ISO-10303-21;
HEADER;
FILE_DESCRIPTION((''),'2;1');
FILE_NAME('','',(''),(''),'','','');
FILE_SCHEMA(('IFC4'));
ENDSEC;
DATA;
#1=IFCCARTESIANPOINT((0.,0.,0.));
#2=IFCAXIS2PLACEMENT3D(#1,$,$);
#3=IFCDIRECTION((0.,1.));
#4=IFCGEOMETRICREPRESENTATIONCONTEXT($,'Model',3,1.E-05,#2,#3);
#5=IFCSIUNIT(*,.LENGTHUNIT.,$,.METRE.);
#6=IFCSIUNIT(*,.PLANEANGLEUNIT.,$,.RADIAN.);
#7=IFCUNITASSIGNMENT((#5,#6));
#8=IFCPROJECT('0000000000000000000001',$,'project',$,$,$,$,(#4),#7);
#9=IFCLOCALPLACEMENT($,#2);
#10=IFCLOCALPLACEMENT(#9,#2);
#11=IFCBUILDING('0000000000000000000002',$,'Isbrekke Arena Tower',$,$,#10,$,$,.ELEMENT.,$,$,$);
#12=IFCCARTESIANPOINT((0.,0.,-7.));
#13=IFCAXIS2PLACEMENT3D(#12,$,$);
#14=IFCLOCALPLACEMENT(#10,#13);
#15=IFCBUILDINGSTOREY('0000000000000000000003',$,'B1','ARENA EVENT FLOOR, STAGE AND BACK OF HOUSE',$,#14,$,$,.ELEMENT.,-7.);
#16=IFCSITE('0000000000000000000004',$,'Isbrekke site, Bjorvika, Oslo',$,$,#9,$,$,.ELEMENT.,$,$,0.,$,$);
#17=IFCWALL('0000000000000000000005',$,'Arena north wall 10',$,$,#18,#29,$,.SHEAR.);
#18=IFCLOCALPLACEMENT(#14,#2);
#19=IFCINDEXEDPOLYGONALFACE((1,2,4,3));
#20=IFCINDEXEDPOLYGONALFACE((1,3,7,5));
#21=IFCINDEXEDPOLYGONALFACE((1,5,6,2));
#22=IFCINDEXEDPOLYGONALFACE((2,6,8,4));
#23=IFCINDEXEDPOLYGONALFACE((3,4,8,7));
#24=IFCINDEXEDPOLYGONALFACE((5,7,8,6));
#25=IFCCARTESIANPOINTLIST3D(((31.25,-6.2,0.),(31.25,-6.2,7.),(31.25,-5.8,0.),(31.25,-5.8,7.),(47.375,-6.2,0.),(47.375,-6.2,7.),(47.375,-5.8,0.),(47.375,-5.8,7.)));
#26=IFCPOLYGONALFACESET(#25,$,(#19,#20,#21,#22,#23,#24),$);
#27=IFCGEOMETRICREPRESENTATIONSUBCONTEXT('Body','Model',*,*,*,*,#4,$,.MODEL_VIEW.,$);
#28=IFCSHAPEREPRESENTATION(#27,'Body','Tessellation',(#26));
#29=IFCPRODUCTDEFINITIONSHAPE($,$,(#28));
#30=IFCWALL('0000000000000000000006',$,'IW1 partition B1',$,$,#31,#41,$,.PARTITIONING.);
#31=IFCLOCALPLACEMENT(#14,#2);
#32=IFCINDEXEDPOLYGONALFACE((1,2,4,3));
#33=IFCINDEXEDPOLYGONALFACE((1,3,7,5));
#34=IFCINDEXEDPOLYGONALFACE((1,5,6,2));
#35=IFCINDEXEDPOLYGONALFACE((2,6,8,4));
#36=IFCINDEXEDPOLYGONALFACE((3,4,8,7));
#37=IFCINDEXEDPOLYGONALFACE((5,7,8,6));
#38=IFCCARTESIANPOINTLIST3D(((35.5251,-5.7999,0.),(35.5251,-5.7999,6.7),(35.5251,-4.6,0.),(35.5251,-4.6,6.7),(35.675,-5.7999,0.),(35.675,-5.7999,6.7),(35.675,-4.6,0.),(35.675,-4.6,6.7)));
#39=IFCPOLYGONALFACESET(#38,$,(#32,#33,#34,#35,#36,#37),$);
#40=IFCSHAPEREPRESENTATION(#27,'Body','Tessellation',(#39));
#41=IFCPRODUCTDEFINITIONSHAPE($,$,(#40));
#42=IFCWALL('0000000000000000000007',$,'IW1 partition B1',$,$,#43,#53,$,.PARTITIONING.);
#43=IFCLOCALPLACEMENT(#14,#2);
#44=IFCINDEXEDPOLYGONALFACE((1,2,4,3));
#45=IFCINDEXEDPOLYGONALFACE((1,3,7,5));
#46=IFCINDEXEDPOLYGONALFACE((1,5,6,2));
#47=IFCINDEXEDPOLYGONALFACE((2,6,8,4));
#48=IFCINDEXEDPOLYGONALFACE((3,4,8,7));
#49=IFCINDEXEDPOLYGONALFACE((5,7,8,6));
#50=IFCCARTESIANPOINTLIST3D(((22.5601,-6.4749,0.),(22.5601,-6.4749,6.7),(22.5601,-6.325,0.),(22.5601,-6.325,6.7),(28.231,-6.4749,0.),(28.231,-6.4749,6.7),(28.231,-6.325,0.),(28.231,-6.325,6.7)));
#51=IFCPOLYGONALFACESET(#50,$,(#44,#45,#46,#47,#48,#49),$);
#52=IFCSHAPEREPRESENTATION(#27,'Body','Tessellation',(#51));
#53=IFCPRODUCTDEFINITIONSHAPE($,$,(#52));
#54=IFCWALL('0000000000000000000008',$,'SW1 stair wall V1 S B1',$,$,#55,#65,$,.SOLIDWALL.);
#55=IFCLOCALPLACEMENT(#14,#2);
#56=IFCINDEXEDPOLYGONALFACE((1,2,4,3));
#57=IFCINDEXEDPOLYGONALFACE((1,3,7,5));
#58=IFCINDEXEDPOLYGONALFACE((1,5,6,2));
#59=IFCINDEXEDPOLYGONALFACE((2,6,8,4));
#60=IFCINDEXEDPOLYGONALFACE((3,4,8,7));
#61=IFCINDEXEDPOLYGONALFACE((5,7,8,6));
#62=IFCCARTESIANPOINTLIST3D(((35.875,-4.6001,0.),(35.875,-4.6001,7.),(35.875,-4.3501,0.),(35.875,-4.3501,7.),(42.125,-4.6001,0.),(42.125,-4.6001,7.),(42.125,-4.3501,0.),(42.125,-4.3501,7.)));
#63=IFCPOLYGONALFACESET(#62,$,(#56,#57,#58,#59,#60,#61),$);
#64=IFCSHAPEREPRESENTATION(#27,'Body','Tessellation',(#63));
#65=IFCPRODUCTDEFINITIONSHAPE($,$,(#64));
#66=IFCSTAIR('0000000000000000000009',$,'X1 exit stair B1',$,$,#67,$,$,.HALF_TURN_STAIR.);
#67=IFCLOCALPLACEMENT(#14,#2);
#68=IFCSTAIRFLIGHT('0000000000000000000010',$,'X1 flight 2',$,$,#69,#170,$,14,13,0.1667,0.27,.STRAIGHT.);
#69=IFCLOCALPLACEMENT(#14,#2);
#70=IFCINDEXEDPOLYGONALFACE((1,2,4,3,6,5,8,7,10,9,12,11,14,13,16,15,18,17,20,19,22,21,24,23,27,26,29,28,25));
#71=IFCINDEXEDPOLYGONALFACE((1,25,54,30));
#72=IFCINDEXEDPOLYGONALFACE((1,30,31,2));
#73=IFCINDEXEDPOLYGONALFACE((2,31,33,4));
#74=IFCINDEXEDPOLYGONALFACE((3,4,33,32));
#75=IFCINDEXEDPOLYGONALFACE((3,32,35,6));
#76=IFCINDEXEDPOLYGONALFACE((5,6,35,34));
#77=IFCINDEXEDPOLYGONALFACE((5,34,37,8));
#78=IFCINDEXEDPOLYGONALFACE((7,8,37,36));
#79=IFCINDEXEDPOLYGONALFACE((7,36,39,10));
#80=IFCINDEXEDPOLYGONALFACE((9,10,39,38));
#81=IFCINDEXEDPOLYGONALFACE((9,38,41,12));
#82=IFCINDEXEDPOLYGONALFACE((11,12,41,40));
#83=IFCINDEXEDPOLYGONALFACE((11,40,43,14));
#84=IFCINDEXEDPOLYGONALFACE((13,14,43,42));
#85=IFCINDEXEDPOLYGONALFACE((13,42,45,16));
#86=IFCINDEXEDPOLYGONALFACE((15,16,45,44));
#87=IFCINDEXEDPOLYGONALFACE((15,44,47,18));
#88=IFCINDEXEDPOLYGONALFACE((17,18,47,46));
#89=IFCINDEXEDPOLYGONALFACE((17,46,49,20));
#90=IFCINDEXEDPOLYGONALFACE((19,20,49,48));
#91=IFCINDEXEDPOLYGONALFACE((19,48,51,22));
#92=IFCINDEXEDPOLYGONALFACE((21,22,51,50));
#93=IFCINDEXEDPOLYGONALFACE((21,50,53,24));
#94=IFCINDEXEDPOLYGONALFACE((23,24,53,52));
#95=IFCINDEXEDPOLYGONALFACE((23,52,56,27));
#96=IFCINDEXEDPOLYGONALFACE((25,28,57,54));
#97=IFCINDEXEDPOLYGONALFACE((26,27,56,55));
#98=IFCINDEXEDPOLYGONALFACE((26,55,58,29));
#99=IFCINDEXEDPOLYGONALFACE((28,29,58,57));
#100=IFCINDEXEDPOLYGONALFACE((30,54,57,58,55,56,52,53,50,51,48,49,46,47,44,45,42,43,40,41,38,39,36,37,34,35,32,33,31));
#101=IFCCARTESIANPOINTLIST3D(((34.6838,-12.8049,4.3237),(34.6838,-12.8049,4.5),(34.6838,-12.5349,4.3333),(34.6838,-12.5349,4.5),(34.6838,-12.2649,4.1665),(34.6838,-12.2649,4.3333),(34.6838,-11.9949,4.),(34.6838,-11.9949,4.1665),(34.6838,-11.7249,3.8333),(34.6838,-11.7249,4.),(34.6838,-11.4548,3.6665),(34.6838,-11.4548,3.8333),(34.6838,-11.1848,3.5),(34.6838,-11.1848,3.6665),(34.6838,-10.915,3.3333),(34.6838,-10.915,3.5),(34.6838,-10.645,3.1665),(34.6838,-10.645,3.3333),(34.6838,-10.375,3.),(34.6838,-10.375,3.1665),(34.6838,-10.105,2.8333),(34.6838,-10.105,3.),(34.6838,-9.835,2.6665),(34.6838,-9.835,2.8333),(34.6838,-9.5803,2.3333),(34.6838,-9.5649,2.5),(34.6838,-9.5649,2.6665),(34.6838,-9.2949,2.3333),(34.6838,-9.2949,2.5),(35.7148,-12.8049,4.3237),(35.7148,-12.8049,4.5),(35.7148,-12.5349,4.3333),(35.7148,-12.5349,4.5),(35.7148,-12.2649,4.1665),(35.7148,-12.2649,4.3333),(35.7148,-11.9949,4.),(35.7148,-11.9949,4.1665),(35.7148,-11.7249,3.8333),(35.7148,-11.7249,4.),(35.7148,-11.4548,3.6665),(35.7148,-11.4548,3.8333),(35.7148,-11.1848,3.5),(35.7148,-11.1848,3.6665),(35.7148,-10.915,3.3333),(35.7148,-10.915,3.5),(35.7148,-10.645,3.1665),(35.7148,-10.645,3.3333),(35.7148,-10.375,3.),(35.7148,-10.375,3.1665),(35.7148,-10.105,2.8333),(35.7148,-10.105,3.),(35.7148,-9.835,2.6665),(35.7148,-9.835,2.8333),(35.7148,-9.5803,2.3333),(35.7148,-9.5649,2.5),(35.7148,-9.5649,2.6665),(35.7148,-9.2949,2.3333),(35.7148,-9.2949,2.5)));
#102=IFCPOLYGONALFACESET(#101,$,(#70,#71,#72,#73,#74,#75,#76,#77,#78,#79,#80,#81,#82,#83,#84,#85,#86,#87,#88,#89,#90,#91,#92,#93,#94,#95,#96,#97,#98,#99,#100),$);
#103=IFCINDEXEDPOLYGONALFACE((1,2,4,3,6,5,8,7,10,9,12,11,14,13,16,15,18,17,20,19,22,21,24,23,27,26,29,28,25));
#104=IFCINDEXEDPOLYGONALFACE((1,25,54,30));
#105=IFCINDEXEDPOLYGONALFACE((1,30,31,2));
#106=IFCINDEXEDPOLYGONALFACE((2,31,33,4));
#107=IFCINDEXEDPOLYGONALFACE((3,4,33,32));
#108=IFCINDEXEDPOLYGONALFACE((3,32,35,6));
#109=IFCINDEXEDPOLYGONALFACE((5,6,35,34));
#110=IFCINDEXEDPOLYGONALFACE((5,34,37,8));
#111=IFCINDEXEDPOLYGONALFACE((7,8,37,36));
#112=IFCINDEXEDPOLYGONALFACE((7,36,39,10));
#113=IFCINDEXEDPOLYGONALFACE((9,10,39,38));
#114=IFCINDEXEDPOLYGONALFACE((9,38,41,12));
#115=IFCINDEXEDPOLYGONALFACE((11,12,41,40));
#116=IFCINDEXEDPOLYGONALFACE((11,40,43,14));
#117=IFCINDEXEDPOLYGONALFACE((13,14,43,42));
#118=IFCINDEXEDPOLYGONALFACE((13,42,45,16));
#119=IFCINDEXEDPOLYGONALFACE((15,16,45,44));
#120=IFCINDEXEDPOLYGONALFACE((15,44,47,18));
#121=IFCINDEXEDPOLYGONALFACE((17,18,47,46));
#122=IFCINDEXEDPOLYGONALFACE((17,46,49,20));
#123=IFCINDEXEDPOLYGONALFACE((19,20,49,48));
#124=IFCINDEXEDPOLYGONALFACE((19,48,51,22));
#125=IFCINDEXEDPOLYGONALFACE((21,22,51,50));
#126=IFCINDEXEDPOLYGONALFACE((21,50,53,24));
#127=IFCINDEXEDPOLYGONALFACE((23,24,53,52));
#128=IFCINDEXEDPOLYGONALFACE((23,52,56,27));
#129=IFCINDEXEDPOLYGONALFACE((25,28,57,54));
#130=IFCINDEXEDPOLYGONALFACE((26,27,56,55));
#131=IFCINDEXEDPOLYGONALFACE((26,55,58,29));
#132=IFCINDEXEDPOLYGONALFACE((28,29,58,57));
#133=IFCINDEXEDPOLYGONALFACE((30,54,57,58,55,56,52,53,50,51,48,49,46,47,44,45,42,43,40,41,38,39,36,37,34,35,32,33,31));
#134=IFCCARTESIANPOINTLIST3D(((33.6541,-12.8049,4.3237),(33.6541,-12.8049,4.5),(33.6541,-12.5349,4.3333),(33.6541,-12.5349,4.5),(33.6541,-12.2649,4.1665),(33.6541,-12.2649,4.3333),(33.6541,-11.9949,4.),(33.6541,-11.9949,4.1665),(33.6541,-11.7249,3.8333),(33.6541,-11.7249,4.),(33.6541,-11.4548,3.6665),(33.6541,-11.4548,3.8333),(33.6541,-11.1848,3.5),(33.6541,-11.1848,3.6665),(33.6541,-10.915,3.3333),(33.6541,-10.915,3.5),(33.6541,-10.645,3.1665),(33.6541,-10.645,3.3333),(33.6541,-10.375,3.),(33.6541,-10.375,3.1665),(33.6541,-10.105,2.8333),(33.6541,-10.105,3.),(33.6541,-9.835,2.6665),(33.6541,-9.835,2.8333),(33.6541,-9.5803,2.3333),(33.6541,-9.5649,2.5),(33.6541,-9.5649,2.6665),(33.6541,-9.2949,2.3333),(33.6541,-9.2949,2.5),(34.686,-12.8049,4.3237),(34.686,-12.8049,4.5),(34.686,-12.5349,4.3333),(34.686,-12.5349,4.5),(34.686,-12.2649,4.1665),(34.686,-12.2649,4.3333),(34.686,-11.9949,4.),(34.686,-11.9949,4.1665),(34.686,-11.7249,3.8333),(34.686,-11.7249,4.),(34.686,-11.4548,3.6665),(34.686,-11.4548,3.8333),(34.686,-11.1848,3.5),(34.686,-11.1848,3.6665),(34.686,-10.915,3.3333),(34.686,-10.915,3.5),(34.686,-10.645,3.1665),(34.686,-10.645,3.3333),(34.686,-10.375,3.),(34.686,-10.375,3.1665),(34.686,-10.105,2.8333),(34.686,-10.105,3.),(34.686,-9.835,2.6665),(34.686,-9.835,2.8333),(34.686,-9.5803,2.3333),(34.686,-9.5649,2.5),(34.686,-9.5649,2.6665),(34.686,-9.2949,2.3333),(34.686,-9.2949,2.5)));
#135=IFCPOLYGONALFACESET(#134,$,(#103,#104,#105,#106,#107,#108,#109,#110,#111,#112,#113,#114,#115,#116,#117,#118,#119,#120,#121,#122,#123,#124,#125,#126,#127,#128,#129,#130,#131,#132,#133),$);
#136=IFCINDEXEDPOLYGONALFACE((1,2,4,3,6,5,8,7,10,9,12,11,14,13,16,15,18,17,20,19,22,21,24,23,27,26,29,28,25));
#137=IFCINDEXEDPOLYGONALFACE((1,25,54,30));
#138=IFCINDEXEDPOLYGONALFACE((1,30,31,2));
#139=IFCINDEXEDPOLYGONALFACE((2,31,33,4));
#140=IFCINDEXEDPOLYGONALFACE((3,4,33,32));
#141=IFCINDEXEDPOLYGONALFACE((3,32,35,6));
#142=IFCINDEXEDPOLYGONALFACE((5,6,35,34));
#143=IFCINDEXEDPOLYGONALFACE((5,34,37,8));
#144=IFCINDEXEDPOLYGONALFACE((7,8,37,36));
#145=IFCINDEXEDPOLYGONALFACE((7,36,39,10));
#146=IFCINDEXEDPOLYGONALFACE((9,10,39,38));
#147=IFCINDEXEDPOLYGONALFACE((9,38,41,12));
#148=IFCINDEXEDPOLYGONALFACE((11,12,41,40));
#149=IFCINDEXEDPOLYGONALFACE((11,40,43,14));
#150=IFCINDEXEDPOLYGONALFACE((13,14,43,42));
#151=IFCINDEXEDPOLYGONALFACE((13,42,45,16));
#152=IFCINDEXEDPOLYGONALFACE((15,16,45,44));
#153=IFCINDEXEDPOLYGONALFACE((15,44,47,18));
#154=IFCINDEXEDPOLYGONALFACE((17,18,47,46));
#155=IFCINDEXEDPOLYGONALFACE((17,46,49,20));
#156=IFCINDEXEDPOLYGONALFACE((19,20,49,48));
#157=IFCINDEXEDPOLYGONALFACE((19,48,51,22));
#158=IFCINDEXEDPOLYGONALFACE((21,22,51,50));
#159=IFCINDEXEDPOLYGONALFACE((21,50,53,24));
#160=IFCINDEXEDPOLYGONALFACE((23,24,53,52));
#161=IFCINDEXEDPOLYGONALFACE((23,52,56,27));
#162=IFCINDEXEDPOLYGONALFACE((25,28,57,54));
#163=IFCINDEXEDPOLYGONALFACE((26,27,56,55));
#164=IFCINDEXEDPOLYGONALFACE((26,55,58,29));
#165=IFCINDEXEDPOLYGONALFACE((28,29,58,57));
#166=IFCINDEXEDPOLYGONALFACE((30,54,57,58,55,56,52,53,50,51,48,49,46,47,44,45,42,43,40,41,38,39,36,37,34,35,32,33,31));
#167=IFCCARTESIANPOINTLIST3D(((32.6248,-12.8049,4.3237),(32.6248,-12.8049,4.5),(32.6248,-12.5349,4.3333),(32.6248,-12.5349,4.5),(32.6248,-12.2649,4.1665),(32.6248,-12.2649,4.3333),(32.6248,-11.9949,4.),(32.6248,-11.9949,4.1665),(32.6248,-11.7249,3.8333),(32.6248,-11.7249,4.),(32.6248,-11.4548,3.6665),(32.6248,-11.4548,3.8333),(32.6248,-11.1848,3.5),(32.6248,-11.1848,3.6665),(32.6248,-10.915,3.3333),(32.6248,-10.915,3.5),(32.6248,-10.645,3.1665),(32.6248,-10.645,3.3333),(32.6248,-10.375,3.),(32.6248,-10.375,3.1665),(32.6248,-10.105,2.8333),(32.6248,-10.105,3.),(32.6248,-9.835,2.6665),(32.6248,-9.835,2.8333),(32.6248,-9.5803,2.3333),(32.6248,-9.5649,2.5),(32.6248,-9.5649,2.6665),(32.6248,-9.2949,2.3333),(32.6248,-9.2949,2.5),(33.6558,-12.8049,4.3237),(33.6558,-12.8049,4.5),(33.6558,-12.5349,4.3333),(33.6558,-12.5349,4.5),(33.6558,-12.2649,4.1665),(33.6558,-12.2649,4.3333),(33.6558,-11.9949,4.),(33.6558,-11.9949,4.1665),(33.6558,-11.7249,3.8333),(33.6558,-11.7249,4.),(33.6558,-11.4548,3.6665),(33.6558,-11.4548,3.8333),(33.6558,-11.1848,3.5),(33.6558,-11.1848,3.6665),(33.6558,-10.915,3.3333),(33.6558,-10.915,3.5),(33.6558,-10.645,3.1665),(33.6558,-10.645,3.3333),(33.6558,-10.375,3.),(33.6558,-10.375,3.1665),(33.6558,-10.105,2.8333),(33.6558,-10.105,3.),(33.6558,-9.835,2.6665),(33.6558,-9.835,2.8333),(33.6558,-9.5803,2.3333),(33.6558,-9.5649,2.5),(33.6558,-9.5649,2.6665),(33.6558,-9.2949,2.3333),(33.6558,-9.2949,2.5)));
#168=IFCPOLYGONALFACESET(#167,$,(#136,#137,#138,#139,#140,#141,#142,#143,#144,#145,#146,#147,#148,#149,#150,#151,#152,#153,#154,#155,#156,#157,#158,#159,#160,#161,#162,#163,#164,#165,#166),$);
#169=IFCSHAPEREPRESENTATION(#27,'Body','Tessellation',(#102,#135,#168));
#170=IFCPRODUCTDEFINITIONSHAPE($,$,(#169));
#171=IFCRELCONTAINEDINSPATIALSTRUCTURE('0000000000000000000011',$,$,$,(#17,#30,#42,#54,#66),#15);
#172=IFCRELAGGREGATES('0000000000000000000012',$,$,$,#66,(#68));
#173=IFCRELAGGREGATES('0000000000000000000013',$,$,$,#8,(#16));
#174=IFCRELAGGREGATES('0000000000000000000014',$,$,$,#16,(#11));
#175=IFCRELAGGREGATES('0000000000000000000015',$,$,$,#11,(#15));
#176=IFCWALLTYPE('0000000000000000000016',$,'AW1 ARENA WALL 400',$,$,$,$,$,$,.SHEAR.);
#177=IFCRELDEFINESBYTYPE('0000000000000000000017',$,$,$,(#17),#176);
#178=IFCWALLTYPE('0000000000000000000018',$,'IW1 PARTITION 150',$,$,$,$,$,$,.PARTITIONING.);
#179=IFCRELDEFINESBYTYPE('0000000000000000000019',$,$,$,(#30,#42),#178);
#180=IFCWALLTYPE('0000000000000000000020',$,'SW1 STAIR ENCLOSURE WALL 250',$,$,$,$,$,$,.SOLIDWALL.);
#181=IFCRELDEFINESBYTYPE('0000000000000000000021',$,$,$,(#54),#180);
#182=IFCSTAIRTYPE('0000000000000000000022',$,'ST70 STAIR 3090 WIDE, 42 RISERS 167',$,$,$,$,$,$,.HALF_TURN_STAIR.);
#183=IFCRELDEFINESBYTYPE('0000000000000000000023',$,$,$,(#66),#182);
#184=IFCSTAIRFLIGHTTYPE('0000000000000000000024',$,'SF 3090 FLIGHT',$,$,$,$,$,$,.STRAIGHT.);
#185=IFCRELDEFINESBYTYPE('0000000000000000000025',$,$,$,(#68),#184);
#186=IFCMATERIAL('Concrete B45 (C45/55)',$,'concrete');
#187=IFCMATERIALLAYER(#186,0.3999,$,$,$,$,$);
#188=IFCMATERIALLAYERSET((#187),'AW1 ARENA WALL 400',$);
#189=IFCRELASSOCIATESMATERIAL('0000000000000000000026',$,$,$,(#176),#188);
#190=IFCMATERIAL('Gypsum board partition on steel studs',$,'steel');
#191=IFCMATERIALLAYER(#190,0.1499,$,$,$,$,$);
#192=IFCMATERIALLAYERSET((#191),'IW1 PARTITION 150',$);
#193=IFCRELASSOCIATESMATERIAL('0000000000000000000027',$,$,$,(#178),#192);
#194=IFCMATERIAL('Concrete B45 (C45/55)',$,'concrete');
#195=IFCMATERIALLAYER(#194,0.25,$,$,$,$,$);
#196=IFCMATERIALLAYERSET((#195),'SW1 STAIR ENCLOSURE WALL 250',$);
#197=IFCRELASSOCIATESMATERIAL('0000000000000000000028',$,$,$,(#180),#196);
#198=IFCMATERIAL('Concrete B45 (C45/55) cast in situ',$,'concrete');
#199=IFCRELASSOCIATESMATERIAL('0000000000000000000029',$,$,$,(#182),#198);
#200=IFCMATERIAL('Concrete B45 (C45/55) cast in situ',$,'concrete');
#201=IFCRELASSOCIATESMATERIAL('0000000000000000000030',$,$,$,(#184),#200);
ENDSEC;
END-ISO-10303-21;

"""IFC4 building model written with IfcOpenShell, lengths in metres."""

from ifc_helpers import new_model, si_unit, direction, frame, frame_2d, origin, place, context, subcontext, project, spatial, polyline, rectangle, outline, extrude, material, layer, layer_set, type_object, element, aggregate, save


model = new_model("IFC4")

# Units and contexts
model_context = context("Model", 3, precision=1e-05, world=origin(), true_north=direction((0.0, 1.0)))
body_context = subcontext(model_context, "Body", "Model", "MODEL_VIEW")
ifc_project = project(units=[si_unit("LENGTHUNIT", "METRE"), si_unit("PLANEANGLEUNIT", "RADIAN")], contexts=[model_context])

# Site, building, storey
site_placement = place(None, origin())
site = spatial("IfcSite", under=ifc_project, at=site_placement, Name="Isbrekke site, Bjorvika, Oslo", CompositionType="ELEMENT", RefElevation=0.0)
building_placement = place(site_placement, origin())
building = spatial("IfcBuilding", under=site, at=building_placement, Name="Isbrekke Arena Tower", CompositionType="ELEMENT")
storey_placement = place(building_placement, frame((0.0, 0.0, -7.0)))
storey = spatial("IfcBuildingStorey", under=building, at=storey_placement, Name="B1", Description="ARENA EVENT FLOOR, STAGE AND BACK OF HOUSE", CompositionType="ELEMENT", Elevation=-7.0)

# Walls
ifc_material_1 = material(Name="Concrete B45 (C45/55)", Category="concrete")
ifc_layer_1 = layer(ifc_material_1, 0.3999)
ifc_layer_set_1 = layer_set([ifc_layer_1], Name="AW1 ARENA WALL 400")
wall_type_1 = type_object("IfcWallType", Name="AW1 ARENA WALL 400", PredefinedType="SHEAR", material=ifc_layer_set_1)
wall_1_placement = place(storey_placement, frame((31.25, -6.0, 0.0), z_axis=(0.0, 0.0, 1.0), x_axis=(1.0, 0.0, 0.0)))
element("IfcWall", 1, at=wall_1_placement, inside=storey, type_object=wall_type_1, Name="Arena north wall 10", PredefinedType="SHEAR", context=body_context, shape_type="SweptSolid", body=[
    extrude(rectangle(XDim=16.125, YDim=0.3999, at=frame_2d((8.0625, 0.0))), origin(), (0.0, 0.0, 1.0), 7.0),
])
ifc_material_2 = material(Name="Gypsum board partition on steel studs", Category="steel")
ifc_layer_2 = layer(ifc_material_2, 0.1499)
ifc_layer_set_2 = layer_set([ifc_layer_2], Name="IW1 PARTITION 150")
wall_type_2 = type_object("IfcWallType", Name="IW1 PARTITION 150", PredefinedType="PARTITIONING", material=ifc_layer_set_2)
wall_2_placement = place(storey_placement, frame((35.6001, -5.8, 0.0), z_axis=(0.0, 0.0, 1.0), x_axis=(0.0, 1.0, 0.0)))
element("IfcWall", 2, at=wall_2_placement, inside=storey, type_object=wall_type_2, Name="IW1 partition B1", PredefinedType="PARTITIONING", context=body_context, shape_type="SweptSolid", body=[
    extrude(rectangle(XDim=1.2, YDim=0.1499, at=frame_2d((0.6001, 0.0))), origin(), (0.0, 0.0, 1.0), 6.7),
])
wall_3_placement = place(storey_placement, frame((22.5601, -6.3999, 0.0), z_axis=(0.0, 0.0, 1.0), x_axis=(1.0, 0.0, 0.0)))
element("IfcWall", 3, at=wall_3_placement, inside=storey, type_object=wall_type_2, Name="IW1 partition B1", PredefinedType="PARTITIONING", context=body_context, shape_type="SweptSolid", body=[
    extrude(rectangle(XDim=5.6709, YDim=0.1499, at=frame_2d((2.8354, 0.0))), origin(), (0.0, 0.0, 1.0), 6.7),
])
ifc_material_3 = material(Name="Concrete B45 (C45/55)", Category="concrete")
ifc_layer_3 = layer(ifc_material_3, 0.25)
ifc_layer_set_3 = layer_set([ifc_layer_3], Name="SW1 STAIR ENCLOSURE WALL 250")
wall_type_3 = type_object("IfcWallType", Name="SW1 STAIR ENCLOSURE WALL 250", PredefinedType="SOLIDWALL", material=ifc_layer_set_3)
wall_4_placement = place(storey_placement, frame((35.875, -4.4751, 0.0), z_axis=(0.0, 0.0, 1.0), x_axis=(1.0, 0.0, 0.0)))
element("IfcWall", 4, at=wall_4_placement, inside=storey, type_object=wall_type_3, Name="SW1 stair wall V1 S B1", PredefinedType="SOLIDWALL", context=body_context, shape_type="SweptSolid", body=[
    extrude(rectangle(XDim=6.25, YDim=0.25, at=frame_2d((3.125, 0.0))), origin(), (0.0, 0.0, 1.0), 7.0),
])

# Stair, stair flight
ifc_material_4 = material(Name="Concrete B45 (C45/55) cast in situ", Category="concrete")
stair_type = type_object("IfcStairType", Name="ST70 STAIR 3090 WIDE, 42 RISERS 167", PredefinedType="HALF_TURN_STAIR", material=ifc_material_4)
stair_placement = place(storey_placement, origin())
stair = element("IfcStair", 5, at=stair_placement, inside=storey, type_object=stair_type, Name="X1 exit stair B1", PredefinedType="HALF_TURN_STAIR")
ifc_material_5 = material(Name="Concrete B45 (C45/55) cast in situ", Category="concrete")
stair_flight_type = type_object("IfcStairFlightType", Name="SF 3090 FLIGHT", PredefinedType="STRAIGHT", material=ifc_material_5)
stair_flight_placement = place(storey_placement, frame((34.1699, -9.2949, 2.3333), z_axis=(0.0, 0.0, 1.0), x_axis=(0.0, -1.0, 0.0)))
stair_flight = element("IfcStairFlight", 6, at=stair_flight_placement, type_object=stair_flight_type, Name="X1 flight 2", NumberOfRisers=14, NumberOfTreads=13, PredefinedType="STRAIGHT", RiserHeight=0.1667, TreadLength=0.27, context=body_context, shape_type="SweptSolid", body=[
    extrude(outline(polyline([(0.0, 0.0), (0.0, 0.1667), (0.27, 0.1667), (0.27, 0.3333), (0.54, 0.3333), (0.54, 0.5), (0.8101, 0.5), (0.8101, 0.6667), (1.0801, 0.6667), (1.0801, 0.8333), (1.3501, 0.8333), (1.3501, 1.0), (1.6201, 1.0), (1.6201, 1.1667), (1.8899, 1.1667), (1.8899, 1.3333), (2.1599, 1.3333), (2.1599, 1.5), (2.4299, 1.5), (2.4299, 1.6667), (2.7, 1.6667), (2.7, 1.8333), (2.97, 1.8333), (2.97, 2.0), (3.24, 2.0), (3.24, 2.1667), (3.51, 2.1667), (3.51, 2.3333), (3.51, 1.9905), (0.2854, 0.0), (0.0, 0.0)])), frame((0.0, 1.5449, 0.0), z_axis=(0.0, -1.0, 0.0), x_axis=(1.0, 0.0, 0.0)), (0.0, 0.0, 1.0), 1.031),
    extrude(outline(polyline([(0.0, 0.0), (0.0, 0.1667), (0.27, 0.1667), (0.27, 0.3333), (0.54, 0.3333), (0.54, 0.5), (0.8101, 0.5), (0.8101, 0.6667), (1.0801, 0.6667), (1.0801, 0.8333), (1.3501, 0.8333), (1.3501, 1.0), (1.6201, 1.0), (1.6201, 1.1667), (1.8899, 1.1667), (1.8899, 1.3333), (2.1599, 1.3333), (2.1599, 1.5), (2.4299, 1.5), (2.4299, 1.6667), (2.7, 1.6667), (2.7, 1.8333), (2.97, 1.8333), (2.97, 2.0), (3.24, 2.0), (3.24, 2.1667), (3.51, 2.1667), (3.51, 2.3333), (3.51, 1.9905), (0.2854, 0.0), (0.0, 0.0)])), frame((0.0, 0.5161, 0.0), z_axis=(0.0, -1.0, 0.0), x_axis=(1.0, 0.0, 0.0)), (0.0, 0.0, 1.0), 1.032),
    extrude(outline(polyline([(0.0, 0.0), (0.0, 0.1667), (0.27, 0.1667), (0.27, 0.3333), (0.54, 0.3333), (0.54, 0.5), (0.8101, 0.5), (0.8101, 0.6667), (1.0801, 0.6667), (1.0801, 0.8333), (1.3501, 0.8333), (1.3501, 1.0), (1.6201, 1.0), (1.6201, 1.1667), (1.8899, 1.1667), (1.8899, 1.3333), (2.1599, 1.3333), (2.1599, 1.5), (2.4299, 1.5), (2.4299, 1.6667), (2.7, 1.6667), (2.7, 1.8333), (2.97, 1.8333), (2.97, 2.0), (3.24, 2.0), (3.24, 2.1667), (3.51, 2.1667), (3.51, 2.3333), (3.51, 1.9905), (0.2854, 0.0), (0.0, 0.0)])), frame((0.0, -0.5142, 0.0), z_axis=(0.0, -1.0, 0.0), x_axis=(1.0, 0.0, 0.0)), (0.0, 0.0, 1.0), 1.031),
])
aggregate(stair, [stair_flight])

save(model, "model.ifc")
